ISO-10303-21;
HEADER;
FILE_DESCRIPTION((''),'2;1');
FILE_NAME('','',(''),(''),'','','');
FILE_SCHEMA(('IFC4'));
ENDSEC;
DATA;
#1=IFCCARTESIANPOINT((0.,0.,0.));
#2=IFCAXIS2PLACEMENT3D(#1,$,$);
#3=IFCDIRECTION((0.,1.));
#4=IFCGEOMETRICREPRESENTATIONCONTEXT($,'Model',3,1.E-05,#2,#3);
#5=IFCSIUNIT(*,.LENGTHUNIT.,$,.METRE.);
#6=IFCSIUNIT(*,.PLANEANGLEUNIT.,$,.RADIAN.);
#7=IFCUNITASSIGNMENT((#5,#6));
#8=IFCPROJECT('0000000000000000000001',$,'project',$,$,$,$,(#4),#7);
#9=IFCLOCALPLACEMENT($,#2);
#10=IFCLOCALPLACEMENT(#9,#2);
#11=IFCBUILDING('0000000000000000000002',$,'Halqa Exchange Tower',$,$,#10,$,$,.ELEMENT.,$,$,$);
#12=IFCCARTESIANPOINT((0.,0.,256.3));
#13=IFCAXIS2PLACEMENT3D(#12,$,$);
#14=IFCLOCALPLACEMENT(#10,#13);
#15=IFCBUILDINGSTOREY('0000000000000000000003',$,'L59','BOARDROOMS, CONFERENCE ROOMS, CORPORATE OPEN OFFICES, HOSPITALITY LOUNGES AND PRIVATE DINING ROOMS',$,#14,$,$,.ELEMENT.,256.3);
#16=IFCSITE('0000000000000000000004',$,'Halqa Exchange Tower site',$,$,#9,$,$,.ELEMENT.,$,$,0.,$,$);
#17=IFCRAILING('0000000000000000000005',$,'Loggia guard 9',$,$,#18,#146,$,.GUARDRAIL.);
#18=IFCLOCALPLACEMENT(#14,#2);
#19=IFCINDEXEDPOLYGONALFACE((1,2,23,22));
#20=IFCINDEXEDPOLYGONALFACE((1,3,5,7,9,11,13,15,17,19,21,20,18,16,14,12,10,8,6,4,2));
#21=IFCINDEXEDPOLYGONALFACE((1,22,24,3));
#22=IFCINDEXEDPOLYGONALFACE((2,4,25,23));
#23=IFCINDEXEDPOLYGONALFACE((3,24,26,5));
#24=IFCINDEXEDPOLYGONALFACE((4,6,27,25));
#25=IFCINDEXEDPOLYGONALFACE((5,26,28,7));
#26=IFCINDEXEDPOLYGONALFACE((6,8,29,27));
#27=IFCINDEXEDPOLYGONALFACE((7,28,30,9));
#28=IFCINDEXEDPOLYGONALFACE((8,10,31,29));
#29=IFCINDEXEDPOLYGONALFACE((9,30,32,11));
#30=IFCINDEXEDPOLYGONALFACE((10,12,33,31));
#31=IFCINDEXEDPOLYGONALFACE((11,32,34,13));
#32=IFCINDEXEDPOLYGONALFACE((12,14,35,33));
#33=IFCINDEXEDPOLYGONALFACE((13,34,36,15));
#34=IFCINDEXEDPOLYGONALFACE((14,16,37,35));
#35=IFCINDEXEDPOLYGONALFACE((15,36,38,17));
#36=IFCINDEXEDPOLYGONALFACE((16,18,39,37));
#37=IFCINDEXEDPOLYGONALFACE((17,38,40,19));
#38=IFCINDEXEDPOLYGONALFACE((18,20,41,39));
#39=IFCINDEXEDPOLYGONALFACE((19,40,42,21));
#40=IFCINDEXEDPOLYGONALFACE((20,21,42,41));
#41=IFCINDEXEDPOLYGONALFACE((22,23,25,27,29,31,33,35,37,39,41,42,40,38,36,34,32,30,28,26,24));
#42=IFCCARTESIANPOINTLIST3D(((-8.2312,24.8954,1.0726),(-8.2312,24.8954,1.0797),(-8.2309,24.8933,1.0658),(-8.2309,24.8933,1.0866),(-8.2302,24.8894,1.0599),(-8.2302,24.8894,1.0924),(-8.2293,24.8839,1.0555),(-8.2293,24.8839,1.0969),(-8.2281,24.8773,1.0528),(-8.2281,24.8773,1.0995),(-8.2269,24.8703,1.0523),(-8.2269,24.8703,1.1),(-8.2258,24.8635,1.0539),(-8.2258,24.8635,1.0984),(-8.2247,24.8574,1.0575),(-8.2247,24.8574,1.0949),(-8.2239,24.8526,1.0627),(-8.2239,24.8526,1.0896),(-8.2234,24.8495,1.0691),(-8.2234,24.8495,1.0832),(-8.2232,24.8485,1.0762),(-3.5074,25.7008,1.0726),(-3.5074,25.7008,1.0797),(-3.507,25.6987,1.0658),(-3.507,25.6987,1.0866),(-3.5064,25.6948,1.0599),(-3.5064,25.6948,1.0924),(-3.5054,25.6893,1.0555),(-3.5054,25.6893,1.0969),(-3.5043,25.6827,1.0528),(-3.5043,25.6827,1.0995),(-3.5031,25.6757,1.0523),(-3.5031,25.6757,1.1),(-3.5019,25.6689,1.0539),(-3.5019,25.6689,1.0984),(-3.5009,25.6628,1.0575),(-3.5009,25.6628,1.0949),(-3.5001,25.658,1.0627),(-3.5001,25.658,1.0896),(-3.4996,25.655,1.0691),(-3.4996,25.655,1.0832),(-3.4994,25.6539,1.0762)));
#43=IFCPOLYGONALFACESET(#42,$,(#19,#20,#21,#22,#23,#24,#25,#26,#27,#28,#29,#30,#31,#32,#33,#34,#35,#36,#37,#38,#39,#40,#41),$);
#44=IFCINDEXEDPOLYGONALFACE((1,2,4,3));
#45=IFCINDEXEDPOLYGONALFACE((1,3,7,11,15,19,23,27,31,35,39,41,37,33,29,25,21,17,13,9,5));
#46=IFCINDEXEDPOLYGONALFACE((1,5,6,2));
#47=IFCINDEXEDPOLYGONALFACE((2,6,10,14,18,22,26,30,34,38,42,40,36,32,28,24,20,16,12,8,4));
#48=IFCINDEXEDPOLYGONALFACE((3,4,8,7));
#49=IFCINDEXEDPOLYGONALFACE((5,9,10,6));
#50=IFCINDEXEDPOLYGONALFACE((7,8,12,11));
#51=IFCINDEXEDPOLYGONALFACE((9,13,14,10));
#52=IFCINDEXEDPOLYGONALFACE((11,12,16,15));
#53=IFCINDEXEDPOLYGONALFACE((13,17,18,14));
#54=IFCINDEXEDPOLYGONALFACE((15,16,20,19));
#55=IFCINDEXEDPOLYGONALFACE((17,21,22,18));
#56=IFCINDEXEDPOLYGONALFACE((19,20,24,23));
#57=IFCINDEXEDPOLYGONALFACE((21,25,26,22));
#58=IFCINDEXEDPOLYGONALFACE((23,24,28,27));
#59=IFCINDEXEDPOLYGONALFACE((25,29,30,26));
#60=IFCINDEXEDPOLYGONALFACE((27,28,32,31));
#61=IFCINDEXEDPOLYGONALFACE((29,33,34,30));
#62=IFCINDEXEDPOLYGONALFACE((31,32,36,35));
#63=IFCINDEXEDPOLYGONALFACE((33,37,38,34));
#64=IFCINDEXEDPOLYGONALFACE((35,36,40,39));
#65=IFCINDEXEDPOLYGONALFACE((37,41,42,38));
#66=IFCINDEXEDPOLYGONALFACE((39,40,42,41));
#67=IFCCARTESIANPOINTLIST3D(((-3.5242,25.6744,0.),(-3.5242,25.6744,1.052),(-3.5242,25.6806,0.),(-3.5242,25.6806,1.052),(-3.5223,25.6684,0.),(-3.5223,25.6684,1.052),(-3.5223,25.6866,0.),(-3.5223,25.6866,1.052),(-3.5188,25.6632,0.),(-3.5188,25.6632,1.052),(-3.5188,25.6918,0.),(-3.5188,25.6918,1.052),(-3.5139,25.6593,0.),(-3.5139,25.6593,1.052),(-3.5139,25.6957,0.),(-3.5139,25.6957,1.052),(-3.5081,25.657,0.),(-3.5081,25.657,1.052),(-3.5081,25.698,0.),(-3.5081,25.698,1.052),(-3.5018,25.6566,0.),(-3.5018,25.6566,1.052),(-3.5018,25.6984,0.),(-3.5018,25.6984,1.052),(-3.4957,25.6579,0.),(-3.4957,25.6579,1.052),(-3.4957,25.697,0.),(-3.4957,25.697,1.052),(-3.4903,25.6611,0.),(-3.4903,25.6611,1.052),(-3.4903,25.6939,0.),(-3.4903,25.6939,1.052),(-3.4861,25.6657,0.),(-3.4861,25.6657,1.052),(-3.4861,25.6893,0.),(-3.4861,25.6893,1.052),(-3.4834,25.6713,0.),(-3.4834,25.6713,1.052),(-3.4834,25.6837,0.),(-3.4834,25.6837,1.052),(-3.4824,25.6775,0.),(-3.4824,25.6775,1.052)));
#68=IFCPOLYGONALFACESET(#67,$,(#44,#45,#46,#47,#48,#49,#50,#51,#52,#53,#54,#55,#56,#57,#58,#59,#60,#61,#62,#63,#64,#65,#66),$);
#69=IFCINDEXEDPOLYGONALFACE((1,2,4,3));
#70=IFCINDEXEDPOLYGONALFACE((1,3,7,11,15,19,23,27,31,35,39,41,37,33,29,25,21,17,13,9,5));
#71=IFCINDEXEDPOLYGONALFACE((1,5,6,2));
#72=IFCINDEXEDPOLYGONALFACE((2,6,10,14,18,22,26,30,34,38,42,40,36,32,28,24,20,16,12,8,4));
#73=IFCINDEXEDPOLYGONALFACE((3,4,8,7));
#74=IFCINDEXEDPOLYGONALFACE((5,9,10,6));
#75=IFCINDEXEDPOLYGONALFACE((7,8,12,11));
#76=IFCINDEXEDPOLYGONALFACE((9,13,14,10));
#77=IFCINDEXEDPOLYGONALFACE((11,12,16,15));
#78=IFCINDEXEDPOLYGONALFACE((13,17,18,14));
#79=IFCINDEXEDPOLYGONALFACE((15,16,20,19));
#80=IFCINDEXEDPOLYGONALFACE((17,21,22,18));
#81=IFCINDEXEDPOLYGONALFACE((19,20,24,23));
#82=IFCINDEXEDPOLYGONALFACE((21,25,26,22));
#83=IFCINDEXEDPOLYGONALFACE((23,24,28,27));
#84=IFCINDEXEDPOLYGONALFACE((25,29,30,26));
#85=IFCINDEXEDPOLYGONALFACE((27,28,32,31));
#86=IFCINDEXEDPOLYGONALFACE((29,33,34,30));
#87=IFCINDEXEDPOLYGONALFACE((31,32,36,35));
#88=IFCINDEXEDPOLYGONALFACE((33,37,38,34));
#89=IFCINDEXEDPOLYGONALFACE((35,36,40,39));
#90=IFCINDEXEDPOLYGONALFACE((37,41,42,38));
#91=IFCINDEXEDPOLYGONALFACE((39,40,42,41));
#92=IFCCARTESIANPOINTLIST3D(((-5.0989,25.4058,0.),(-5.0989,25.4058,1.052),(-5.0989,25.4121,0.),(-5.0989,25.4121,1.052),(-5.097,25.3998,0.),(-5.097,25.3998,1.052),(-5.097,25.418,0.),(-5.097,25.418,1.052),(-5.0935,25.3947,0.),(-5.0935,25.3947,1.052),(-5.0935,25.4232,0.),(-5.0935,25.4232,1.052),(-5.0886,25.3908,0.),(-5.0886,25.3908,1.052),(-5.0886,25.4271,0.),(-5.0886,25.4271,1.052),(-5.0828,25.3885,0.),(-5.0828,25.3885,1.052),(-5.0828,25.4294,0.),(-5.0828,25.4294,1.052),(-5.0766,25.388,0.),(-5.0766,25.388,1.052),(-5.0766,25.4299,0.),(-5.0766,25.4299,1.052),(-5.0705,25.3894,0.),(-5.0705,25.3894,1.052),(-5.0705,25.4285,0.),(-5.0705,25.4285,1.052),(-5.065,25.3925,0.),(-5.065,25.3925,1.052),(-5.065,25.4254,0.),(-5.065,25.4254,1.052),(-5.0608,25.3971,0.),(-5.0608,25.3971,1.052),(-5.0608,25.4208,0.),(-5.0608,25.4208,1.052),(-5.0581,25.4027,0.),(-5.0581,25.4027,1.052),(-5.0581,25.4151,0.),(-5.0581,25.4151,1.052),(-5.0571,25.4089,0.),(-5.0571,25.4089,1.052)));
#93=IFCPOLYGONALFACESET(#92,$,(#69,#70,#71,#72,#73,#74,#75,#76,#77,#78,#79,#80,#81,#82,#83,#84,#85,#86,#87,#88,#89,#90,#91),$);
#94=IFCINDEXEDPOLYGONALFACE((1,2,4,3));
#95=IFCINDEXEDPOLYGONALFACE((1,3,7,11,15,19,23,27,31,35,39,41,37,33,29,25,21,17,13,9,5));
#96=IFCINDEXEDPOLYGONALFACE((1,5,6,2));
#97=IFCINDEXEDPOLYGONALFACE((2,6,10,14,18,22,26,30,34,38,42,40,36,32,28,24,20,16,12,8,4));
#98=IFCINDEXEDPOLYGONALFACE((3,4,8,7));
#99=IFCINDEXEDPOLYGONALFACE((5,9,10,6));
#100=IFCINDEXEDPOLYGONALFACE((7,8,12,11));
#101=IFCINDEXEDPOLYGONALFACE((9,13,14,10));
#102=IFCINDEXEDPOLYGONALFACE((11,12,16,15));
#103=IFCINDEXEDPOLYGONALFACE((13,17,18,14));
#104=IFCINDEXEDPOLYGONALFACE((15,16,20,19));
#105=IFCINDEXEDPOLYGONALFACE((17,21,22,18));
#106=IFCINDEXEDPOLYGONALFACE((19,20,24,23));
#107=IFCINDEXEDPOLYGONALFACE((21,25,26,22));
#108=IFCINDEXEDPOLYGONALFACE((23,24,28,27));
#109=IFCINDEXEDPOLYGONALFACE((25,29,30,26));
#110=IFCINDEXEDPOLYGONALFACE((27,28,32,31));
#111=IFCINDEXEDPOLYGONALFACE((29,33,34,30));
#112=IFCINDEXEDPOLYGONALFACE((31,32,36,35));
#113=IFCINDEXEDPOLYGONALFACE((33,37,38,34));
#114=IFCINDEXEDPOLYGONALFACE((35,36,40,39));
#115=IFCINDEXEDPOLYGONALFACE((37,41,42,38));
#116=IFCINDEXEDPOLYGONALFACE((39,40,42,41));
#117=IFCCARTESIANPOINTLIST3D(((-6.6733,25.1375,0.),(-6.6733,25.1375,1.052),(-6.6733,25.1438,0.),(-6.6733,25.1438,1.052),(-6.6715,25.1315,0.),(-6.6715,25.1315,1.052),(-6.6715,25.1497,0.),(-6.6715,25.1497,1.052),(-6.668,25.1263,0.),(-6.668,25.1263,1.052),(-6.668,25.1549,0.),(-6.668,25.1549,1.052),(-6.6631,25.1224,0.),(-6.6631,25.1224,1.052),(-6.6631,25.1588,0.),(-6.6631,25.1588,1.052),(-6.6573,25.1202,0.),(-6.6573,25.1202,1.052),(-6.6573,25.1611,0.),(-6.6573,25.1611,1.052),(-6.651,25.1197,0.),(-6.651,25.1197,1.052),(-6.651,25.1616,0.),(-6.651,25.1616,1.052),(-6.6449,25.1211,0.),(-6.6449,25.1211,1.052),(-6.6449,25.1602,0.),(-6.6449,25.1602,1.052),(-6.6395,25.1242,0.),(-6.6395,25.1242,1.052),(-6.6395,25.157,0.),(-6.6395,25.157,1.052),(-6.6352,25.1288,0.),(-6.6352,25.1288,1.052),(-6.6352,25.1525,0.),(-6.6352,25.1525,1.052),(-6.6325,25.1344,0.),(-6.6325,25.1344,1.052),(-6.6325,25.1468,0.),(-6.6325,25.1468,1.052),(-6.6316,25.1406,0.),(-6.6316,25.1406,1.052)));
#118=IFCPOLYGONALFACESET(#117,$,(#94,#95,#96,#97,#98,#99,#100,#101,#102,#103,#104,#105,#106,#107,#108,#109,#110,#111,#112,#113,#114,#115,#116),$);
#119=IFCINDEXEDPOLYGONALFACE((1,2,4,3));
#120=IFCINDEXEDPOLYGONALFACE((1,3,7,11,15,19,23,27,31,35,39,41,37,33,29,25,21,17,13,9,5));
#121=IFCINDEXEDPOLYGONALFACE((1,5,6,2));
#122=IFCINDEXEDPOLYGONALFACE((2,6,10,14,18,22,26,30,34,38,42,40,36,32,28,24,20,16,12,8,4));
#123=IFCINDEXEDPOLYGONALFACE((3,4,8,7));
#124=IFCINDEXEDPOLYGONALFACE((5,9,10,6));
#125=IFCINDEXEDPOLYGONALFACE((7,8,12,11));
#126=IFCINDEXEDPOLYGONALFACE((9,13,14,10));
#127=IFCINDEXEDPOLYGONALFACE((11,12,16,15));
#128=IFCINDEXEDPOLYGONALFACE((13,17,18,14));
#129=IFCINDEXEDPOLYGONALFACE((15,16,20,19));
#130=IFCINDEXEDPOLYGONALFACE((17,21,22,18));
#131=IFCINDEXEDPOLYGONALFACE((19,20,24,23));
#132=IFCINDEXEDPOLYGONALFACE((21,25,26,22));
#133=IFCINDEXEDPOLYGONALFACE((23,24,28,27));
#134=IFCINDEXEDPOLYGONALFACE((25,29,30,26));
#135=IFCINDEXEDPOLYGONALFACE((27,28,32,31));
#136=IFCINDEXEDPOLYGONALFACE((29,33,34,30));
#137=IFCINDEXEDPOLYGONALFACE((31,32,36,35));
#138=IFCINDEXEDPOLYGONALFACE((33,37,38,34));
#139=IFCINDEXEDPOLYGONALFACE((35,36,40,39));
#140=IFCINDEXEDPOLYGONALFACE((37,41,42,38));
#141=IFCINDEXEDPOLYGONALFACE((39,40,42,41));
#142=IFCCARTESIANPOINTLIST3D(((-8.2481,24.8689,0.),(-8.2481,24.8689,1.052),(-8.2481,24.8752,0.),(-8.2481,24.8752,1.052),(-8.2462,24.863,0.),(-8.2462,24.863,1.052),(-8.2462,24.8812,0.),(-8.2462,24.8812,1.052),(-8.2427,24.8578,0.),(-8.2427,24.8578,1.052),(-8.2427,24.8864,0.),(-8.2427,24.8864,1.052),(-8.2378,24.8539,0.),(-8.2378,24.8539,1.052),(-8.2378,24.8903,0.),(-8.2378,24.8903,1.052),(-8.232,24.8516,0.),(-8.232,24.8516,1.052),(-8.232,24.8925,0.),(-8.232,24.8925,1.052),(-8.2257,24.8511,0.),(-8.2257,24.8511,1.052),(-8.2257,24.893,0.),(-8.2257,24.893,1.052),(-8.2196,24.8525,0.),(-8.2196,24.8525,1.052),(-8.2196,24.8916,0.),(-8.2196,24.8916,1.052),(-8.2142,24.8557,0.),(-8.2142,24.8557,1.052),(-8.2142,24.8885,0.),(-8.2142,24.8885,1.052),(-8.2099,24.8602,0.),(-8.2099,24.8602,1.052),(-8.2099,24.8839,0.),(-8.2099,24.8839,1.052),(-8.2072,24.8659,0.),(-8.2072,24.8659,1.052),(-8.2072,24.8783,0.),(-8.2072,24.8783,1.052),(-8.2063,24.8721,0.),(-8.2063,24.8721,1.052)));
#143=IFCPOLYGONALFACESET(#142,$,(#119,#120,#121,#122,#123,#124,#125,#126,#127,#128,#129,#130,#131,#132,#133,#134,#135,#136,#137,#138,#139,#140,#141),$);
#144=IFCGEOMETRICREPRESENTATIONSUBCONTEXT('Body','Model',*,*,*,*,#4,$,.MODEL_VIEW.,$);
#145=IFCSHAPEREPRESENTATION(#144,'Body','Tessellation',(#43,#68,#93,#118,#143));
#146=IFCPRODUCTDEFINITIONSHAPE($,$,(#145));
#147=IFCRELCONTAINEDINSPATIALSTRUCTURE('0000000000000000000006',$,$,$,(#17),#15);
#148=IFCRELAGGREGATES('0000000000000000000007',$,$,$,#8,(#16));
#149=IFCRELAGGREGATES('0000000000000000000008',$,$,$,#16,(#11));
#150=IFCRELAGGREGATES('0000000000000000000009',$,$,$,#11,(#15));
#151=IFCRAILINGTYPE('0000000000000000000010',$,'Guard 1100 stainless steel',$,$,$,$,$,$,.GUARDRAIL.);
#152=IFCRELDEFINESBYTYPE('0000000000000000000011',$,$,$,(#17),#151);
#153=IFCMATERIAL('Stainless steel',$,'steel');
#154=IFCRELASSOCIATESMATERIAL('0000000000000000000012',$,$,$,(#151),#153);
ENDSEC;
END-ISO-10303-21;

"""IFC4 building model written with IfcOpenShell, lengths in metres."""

from ifc_helpers import new_model, si_unit, direction, frame, origin, origin_2d, place, context, subcontext, project, spatial, circle, extrude, material, type_object, element, save


model = new_model("IFC4")

# Units and contexts
model_context = context("Model", 3, precision=1e-05, world=origin(), true_north=direction((0.0, 1.0)))
body_context = subcontext(model_context, "Body", "Model", "MODEL_VIEW")
ifc_project = project(units=[si_unit("LENGTHUNIT", "METRE"), si_unit("PLANEANGLEUNIT", "RADIAN")], contexts=[model_context])

# Site, building, storey
site_placement = place(None, origin())
site = spatial("IfcSite", under=ifc_project, at=site_placement, Name="Halqa Exchange Tower site", CompositionType="ELEMENT", RefElevation=0.0)
building_placement = place(site_placement, origin())
building = spatial("IfcBuilding", under=site, at=building_placement, Name="Halqa Exchange Tower", CompositionType="ELEMENT")
storey_placement = place(building_placement, frame((0.0, 0.0, 256.3)))
storey = spatial("IfcBuildingStorey", under=building, at=storey_placement, Name="L59", Description="BOARDROOMS, CONFERENCE ROOMS, CORPORATE OPEN OFFICES, HOSPITALITY LOUNGES AND PRIVATE DINING ROOMS", CompositionType="ELEMENT", Elevation=256.3)

# Railing
ifc_material_1 = material(Name="Stainless steel", Category="steel")
railing_type_1 = type_object("IfcRailingType", Name="Guard 1100 stainless steel", PredefinedType="GUARDRAIL", material=ifc_material_1)
railing_1_placement = place(storey_placement, frame((-3.5034, 25.6775, 0.0)))
element("IfcRailing", 1, at=railing_1_placement, inside=storey, type_object=railing_type_1, Name="Loggia guard 9", PredefinedType="GUARDRAIL", context=body_context, shape_type="SweptSolid", body=[
    extrude(circle(Radius=0.0239, at=origin_2d()), frame((0.0, 0.0, 1.0762), z_axis=(-0.985774, -0.168074, 0.0), x_axis=(0.168074, -0.985774, 0.0)), (0.0, 0.0, 1.0), 4.792),
    extrude(circle(Radius=0.021, at=origin_2d()), origin(), (0.0, 0.0, 1.0), 1.052),
    extrude(circle(Radius=0.021, at=origin_2d()), frame((-1.5747, -0.2686, 0.0)), (0.0, 0.0, 1.0), 1.052),
    extrude(circle(Radius=0.021, at=origin_2d()), frame((-3.1492, -0.5369, 0.0)), (0.0, 0.0, 1.0), 1.052),
    extrude(circle(Radius=0.021, at=origin_2d()), frame((-4.7239, -0.8054, 0.0)), (0.0, 0.0, 1.0), 1.052),
])

save(model, "model.ifc")
